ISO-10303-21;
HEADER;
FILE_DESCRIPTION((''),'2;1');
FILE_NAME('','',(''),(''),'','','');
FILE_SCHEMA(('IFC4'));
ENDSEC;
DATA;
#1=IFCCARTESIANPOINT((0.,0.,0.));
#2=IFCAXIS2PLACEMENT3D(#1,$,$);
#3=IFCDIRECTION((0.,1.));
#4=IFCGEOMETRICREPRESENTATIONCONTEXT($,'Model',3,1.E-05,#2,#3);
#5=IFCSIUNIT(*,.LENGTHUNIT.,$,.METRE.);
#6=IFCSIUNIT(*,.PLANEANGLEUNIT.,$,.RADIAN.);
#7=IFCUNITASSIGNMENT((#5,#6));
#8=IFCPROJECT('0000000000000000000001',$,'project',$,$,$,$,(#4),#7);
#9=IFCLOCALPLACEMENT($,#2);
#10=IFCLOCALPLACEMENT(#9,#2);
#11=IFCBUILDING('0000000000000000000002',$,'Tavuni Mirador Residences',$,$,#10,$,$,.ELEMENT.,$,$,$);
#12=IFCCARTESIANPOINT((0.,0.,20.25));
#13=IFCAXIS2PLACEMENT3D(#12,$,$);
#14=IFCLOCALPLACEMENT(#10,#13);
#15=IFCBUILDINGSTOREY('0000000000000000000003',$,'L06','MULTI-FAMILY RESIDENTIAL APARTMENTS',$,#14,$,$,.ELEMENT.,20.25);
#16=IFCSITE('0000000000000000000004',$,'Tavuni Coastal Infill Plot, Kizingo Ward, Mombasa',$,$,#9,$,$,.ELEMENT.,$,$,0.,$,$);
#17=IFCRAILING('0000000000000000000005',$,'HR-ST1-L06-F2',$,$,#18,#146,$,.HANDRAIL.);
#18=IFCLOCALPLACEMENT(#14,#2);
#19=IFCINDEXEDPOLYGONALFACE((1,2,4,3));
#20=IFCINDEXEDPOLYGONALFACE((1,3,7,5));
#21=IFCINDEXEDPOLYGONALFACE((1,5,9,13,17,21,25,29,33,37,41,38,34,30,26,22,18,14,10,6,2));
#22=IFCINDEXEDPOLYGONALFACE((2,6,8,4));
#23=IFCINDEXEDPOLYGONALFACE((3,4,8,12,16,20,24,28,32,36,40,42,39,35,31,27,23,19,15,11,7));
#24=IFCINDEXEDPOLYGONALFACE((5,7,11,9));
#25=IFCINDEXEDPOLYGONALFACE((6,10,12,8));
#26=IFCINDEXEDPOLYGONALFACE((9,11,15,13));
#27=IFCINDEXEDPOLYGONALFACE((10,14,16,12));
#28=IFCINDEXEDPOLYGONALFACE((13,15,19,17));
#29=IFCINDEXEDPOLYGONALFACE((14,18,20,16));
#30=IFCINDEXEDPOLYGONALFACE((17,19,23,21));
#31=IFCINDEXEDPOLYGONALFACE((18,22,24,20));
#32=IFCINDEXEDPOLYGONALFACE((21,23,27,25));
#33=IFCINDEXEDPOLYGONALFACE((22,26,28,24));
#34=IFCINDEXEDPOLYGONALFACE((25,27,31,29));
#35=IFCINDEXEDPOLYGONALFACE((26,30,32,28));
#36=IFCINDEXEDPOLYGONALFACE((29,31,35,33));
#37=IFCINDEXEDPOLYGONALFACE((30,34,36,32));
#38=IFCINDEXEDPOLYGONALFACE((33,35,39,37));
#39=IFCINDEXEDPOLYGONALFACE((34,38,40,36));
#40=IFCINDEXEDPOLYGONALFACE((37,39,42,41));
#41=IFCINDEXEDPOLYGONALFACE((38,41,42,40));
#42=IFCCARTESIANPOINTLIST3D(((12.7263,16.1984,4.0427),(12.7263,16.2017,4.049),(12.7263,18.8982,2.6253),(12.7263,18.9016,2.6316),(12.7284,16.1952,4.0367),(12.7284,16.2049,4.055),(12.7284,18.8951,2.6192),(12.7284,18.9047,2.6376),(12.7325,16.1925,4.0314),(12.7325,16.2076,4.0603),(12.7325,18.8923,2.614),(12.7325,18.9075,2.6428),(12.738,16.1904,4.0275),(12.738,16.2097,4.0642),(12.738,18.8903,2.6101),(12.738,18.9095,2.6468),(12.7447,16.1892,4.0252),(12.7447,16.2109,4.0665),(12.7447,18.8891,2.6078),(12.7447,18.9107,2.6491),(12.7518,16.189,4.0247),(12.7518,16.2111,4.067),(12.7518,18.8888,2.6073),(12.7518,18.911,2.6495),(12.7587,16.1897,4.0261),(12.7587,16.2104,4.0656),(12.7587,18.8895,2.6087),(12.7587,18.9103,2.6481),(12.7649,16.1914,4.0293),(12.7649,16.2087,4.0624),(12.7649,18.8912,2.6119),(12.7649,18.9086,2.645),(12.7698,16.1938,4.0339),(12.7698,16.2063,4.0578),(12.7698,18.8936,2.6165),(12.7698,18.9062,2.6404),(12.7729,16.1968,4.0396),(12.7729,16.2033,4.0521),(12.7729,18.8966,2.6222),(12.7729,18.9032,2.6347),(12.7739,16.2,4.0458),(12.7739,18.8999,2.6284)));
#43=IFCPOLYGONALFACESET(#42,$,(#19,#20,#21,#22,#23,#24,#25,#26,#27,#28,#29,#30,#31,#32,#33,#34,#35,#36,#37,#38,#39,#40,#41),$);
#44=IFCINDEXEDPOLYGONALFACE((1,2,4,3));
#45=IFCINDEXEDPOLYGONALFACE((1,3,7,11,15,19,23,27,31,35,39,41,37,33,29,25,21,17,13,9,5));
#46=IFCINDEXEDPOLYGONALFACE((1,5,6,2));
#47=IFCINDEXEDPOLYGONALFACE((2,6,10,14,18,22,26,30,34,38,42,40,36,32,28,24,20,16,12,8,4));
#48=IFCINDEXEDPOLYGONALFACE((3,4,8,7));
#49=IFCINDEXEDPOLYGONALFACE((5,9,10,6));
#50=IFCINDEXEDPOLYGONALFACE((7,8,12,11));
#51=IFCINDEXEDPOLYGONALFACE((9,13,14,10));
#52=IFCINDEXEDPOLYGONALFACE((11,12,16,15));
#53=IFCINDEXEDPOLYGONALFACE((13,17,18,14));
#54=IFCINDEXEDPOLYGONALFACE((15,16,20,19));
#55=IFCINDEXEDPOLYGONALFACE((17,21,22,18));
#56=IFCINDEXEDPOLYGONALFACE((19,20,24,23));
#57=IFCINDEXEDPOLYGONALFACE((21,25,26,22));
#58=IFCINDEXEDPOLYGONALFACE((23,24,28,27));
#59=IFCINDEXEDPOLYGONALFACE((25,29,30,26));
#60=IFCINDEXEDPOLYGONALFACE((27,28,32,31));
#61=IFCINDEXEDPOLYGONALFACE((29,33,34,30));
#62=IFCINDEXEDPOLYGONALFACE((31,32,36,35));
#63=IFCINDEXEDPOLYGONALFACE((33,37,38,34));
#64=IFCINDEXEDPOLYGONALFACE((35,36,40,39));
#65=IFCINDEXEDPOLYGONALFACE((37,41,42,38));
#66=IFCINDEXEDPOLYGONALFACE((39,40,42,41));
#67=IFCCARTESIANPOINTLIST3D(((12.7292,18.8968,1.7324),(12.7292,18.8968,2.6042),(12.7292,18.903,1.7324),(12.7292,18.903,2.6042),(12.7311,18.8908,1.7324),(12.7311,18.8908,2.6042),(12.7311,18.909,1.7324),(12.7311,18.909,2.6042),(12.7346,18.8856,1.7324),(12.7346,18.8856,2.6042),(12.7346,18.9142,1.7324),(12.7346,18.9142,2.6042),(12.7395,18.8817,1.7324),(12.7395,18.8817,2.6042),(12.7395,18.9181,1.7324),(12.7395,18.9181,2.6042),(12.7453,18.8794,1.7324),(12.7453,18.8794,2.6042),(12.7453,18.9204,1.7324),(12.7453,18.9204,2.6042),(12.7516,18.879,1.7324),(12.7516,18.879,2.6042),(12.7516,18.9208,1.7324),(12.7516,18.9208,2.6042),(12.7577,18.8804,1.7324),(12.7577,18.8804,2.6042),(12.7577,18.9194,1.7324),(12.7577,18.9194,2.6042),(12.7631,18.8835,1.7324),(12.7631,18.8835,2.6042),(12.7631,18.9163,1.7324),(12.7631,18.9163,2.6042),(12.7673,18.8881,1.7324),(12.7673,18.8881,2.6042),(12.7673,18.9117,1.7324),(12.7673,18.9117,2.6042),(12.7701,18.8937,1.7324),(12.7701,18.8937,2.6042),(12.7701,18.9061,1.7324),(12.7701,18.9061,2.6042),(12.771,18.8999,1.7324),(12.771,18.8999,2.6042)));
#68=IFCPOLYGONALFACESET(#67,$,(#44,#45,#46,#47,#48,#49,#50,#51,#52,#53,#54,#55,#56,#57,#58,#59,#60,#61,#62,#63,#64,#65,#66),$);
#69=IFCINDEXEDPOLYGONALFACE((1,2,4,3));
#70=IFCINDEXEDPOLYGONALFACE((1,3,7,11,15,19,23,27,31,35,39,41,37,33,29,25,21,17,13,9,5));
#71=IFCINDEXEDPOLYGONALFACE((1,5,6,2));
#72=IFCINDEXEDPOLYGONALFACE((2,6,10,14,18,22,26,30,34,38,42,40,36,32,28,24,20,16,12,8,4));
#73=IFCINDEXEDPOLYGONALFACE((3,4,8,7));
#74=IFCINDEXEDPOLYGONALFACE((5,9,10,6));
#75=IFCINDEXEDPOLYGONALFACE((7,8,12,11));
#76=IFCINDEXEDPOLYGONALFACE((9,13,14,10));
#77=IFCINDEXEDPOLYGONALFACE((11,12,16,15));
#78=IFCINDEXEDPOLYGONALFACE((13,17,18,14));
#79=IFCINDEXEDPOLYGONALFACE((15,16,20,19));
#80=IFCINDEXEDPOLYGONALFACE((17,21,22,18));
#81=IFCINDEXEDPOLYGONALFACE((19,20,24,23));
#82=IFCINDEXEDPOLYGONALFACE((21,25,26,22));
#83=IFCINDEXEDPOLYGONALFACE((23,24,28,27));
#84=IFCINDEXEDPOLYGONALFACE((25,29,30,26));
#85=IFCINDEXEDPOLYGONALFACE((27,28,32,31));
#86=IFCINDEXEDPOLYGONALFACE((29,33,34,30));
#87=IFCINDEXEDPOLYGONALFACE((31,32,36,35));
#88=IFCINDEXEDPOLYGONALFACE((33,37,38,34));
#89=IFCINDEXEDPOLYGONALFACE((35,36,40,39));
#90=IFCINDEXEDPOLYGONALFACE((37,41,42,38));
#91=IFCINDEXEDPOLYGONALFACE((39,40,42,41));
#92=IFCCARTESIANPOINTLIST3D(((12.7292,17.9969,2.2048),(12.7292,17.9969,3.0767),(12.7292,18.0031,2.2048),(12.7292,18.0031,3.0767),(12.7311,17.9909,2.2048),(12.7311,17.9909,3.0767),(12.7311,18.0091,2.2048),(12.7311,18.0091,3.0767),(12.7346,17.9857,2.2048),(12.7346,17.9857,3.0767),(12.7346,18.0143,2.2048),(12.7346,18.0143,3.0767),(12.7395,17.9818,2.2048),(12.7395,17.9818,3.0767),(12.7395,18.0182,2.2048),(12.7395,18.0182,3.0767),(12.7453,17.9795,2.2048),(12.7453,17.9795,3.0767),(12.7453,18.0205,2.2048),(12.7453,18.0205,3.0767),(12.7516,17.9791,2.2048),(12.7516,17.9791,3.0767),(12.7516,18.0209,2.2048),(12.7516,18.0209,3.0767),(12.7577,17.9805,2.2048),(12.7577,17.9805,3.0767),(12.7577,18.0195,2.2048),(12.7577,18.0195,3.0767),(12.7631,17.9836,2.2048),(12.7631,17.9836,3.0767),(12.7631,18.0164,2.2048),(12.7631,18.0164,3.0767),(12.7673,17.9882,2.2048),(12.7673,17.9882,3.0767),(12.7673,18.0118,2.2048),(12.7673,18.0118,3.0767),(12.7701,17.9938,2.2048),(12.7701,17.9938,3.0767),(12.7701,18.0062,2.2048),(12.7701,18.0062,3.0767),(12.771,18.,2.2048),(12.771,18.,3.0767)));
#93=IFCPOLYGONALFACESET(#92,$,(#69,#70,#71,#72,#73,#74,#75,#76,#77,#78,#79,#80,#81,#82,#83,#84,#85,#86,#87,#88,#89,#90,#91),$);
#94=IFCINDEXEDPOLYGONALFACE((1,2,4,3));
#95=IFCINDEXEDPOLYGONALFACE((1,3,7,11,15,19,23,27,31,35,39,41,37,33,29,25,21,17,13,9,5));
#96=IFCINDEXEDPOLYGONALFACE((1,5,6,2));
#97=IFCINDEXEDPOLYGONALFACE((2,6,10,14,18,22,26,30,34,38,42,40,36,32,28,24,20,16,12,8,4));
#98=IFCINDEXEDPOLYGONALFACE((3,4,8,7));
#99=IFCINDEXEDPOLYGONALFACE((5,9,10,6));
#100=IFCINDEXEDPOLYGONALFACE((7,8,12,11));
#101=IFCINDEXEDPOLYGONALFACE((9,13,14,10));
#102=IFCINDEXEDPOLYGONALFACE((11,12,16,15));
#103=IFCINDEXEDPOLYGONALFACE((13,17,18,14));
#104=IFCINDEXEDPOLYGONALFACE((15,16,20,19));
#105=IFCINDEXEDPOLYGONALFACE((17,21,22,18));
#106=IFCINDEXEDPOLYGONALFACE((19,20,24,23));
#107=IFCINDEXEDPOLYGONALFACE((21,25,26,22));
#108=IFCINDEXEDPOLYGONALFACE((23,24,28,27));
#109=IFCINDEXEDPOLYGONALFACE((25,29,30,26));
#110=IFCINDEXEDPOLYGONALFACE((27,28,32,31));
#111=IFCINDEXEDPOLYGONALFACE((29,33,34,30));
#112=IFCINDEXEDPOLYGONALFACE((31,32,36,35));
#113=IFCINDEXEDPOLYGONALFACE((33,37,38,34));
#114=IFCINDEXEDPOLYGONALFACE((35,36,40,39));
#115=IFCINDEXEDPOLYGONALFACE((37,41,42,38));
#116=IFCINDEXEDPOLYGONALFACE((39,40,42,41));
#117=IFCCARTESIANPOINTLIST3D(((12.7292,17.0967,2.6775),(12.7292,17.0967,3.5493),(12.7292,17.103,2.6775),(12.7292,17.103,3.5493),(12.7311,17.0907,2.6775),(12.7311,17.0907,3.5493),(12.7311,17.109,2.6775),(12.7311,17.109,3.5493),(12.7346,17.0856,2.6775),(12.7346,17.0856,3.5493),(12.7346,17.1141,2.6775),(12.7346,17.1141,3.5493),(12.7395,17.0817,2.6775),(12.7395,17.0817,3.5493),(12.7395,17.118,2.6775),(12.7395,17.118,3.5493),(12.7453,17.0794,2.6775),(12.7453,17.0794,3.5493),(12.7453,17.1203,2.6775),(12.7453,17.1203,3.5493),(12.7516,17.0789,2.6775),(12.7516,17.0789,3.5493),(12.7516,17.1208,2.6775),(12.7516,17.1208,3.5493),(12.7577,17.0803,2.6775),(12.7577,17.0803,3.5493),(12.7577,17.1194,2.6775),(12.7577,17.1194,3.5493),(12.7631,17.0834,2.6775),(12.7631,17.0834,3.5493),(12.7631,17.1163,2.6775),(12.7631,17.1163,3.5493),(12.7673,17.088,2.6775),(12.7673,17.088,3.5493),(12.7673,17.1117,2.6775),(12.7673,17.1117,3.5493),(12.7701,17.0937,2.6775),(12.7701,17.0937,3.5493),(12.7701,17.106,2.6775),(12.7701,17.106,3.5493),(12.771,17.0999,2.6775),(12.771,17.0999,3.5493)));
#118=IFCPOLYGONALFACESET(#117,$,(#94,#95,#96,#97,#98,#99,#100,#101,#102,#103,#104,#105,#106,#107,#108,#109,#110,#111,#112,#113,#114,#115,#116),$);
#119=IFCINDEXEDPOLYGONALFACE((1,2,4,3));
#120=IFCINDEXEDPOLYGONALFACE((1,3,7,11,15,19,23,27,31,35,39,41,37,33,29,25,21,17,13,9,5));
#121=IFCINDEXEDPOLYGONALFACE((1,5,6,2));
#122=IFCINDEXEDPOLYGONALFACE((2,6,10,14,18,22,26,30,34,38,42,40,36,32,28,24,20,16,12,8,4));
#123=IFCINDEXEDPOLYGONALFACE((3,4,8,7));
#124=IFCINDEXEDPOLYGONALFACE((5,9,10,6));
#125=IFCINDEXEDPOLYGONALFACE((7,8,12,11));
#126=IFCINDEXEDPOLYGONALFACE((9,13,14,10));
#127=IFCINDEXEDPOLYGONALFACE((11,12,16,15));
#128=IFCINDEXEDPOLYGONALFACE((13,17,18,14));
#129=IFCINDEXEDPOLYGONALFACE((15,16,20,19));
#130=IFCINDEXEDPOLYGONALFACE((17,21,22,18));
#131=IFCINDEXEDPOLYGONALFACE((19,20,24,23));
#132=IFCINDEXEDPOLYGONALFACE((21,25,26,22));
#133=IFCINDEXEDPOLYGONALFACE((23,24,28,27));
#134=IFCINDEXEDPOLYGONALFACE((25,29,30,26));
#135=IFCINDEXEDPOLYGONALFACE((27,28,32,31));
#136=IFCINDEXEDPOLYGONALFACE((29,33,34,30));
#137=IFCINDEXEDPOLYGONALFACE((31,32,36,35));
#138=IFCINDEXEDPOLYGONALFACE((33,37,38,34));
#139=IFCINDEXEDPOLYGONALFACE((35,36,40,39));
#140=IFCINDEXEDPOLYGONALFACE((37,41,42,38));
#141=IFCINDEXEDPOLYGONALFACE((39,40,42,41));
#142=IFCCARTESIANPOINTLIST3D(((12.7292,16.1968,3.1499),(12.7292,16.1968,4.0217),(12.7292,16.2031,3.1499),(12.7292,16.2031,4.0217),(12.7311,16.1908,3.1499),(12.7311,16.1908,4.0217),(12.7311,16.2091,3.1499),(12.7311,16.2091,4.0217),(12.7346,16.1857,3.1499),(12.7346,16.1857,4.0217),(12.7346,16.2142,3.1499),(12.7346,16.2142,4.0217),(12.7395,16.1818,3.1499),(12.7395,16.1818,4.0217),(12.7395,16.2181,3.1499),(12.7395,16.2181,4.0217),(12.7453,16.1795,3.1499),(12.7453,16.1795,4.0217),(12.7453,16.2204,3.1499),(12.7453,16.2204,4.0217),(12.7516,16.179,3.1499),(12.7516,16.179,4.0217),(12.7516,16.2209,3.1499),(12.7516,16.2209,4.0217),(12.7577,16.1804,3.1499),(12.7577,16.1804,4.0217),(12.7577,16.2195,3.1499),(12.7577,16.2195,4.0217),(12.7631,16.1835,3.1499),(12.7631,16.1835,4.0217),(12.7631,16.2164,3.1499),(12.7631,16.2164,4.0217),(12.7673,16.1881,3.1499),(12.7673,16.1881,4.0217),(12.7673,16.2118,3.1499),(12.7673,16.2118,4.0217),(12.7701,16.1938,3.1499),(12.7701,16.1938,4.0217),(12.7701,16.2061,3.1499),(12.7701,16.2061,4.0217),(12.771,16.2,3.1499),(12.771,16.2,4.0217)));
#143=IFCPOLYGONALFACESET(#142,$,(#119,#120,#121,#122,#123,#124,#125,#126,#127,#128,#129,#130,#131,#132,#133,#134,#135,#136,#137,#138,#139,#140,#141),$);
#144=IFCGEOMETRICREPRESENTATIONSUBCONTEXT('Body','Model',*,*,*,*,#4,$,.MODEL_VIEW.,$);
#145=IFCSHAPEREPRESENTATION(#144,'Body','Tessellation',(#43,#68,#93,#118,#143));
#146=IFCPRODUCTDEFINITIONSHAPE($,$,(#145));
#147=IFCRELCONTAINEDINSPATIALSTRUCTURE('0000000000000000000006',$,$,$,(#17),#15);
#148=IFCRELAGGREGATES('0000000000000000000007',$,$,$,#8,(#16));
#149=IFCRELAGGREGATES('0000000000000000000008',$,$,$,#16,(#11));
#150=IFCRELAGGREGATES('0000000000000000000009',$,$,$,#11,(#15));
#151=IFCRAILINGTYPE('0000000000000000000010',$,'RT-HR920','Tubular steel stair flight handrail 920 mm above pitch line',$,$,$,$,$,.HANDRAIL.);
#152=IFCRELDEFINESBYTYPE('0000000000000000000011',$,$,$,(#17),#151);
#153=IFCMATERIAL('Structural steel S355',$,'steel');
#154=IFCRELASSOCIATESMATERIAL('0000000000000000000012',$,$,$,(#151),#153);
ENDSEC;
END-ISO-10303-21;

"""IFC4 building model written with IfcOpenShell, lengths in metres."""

from ifc_helpers import new_model, si_unit, direction, frame, origin, origin_2d, place, context, subcontext, project, spatial, circle, extrude, material, type_object, element, save


model = new_model("IFC4")

# Units and contexts
model_context = context("Model", 3, precision=1e-05, world=origin(), true_north=direction((0.0, 1.0)))
body_context = subcontext(model_context, "Body", "Model", "MODEL_VIEW")
ifc_project = project(units=[si_unit("LENGTHUNIT", "METRE"), si_unit("PLANEANGLEUNIT", "RADIAN")], contexts=[model_context])

# Site, building, storey
site_placement = place(None, origin())
site = spatial("IfcSite", under=ifc_project, at=site_placement, Name="Tavuni Coastal Infill Plot, Kizingo Ward, Mombasa", CompositionType="ELEMENT", RefElevation=0.0)
building_placement = place(site_placement, origin())
building = spatial("IfcBuilding", under=site, at=building_placement, Name="Tavuni Mirador Residences", CompositionType="ELEMENT")
storey_placement = place(building_placement, frame((0.0, 0.0, 20.25)))
storey = spatial("IfcBuildingStorey", under=building, at=storey_placement, Name="L06", Description="MULTI-FAMILY RESIDENTIAL APARTMENTS", CompositionType="ELEMENT", Elevation=20.25)

# Shared definitions
ifc_material_1 = material(Name="Structural steel S355", Category="steel")

# Railing
railing_type_1 = type_object("IfcRailingType", Name="RT-HR920", Description="Tubular steel stair flight handrail 920 mm above pitch line", PredefinedType="HANDRAIL", material=ifc_material_1)
railing_1_placement = place(storey_placement, frame((12.75, 18.8999, 1.7324)))
element("IfcRailing", 1, at=railing_1_placement, inside=storey, type_object=railing_type_1, Name="HR-ST1-L06-F2", PredefinedType="HANDRAIL", context=body_context, shape_type="SweptSolid", body=[
    extrude(circle(Radius=0.0239, at=origin_2d()), frame((0.0, 0.0, 0.896), z_axis=(0.0, -0.885397, 0.464835), x_axis=(1.0, 0.0, 0.0)), (0.0, 0.0, 1.0), 3.0493),
    extrude(circle(Radius=0.021, at=origin_2d()), origin(), (0.0, 0.0, 1.0), 0.8718),
    extrude(circle(Radius=0.021, at=origin_2d()), frame((0.0, -0.8999, 0.4724)), (0.0, 0.0, 1.0), 0.8718),
    extrude(circle(Radius=0.021, at=origin_2d()), frame((0.0, -1.8, 0.9451)), (0.0, 0.0, 1.0), 0.8718),
    extrude(circle(Radius=0.021, at=origin_2d()), frame((0.0, -2.7, 1.4175)), (0.0, 0.0, 1.0), 0.8718),
])

save(model, "model.ifc")
